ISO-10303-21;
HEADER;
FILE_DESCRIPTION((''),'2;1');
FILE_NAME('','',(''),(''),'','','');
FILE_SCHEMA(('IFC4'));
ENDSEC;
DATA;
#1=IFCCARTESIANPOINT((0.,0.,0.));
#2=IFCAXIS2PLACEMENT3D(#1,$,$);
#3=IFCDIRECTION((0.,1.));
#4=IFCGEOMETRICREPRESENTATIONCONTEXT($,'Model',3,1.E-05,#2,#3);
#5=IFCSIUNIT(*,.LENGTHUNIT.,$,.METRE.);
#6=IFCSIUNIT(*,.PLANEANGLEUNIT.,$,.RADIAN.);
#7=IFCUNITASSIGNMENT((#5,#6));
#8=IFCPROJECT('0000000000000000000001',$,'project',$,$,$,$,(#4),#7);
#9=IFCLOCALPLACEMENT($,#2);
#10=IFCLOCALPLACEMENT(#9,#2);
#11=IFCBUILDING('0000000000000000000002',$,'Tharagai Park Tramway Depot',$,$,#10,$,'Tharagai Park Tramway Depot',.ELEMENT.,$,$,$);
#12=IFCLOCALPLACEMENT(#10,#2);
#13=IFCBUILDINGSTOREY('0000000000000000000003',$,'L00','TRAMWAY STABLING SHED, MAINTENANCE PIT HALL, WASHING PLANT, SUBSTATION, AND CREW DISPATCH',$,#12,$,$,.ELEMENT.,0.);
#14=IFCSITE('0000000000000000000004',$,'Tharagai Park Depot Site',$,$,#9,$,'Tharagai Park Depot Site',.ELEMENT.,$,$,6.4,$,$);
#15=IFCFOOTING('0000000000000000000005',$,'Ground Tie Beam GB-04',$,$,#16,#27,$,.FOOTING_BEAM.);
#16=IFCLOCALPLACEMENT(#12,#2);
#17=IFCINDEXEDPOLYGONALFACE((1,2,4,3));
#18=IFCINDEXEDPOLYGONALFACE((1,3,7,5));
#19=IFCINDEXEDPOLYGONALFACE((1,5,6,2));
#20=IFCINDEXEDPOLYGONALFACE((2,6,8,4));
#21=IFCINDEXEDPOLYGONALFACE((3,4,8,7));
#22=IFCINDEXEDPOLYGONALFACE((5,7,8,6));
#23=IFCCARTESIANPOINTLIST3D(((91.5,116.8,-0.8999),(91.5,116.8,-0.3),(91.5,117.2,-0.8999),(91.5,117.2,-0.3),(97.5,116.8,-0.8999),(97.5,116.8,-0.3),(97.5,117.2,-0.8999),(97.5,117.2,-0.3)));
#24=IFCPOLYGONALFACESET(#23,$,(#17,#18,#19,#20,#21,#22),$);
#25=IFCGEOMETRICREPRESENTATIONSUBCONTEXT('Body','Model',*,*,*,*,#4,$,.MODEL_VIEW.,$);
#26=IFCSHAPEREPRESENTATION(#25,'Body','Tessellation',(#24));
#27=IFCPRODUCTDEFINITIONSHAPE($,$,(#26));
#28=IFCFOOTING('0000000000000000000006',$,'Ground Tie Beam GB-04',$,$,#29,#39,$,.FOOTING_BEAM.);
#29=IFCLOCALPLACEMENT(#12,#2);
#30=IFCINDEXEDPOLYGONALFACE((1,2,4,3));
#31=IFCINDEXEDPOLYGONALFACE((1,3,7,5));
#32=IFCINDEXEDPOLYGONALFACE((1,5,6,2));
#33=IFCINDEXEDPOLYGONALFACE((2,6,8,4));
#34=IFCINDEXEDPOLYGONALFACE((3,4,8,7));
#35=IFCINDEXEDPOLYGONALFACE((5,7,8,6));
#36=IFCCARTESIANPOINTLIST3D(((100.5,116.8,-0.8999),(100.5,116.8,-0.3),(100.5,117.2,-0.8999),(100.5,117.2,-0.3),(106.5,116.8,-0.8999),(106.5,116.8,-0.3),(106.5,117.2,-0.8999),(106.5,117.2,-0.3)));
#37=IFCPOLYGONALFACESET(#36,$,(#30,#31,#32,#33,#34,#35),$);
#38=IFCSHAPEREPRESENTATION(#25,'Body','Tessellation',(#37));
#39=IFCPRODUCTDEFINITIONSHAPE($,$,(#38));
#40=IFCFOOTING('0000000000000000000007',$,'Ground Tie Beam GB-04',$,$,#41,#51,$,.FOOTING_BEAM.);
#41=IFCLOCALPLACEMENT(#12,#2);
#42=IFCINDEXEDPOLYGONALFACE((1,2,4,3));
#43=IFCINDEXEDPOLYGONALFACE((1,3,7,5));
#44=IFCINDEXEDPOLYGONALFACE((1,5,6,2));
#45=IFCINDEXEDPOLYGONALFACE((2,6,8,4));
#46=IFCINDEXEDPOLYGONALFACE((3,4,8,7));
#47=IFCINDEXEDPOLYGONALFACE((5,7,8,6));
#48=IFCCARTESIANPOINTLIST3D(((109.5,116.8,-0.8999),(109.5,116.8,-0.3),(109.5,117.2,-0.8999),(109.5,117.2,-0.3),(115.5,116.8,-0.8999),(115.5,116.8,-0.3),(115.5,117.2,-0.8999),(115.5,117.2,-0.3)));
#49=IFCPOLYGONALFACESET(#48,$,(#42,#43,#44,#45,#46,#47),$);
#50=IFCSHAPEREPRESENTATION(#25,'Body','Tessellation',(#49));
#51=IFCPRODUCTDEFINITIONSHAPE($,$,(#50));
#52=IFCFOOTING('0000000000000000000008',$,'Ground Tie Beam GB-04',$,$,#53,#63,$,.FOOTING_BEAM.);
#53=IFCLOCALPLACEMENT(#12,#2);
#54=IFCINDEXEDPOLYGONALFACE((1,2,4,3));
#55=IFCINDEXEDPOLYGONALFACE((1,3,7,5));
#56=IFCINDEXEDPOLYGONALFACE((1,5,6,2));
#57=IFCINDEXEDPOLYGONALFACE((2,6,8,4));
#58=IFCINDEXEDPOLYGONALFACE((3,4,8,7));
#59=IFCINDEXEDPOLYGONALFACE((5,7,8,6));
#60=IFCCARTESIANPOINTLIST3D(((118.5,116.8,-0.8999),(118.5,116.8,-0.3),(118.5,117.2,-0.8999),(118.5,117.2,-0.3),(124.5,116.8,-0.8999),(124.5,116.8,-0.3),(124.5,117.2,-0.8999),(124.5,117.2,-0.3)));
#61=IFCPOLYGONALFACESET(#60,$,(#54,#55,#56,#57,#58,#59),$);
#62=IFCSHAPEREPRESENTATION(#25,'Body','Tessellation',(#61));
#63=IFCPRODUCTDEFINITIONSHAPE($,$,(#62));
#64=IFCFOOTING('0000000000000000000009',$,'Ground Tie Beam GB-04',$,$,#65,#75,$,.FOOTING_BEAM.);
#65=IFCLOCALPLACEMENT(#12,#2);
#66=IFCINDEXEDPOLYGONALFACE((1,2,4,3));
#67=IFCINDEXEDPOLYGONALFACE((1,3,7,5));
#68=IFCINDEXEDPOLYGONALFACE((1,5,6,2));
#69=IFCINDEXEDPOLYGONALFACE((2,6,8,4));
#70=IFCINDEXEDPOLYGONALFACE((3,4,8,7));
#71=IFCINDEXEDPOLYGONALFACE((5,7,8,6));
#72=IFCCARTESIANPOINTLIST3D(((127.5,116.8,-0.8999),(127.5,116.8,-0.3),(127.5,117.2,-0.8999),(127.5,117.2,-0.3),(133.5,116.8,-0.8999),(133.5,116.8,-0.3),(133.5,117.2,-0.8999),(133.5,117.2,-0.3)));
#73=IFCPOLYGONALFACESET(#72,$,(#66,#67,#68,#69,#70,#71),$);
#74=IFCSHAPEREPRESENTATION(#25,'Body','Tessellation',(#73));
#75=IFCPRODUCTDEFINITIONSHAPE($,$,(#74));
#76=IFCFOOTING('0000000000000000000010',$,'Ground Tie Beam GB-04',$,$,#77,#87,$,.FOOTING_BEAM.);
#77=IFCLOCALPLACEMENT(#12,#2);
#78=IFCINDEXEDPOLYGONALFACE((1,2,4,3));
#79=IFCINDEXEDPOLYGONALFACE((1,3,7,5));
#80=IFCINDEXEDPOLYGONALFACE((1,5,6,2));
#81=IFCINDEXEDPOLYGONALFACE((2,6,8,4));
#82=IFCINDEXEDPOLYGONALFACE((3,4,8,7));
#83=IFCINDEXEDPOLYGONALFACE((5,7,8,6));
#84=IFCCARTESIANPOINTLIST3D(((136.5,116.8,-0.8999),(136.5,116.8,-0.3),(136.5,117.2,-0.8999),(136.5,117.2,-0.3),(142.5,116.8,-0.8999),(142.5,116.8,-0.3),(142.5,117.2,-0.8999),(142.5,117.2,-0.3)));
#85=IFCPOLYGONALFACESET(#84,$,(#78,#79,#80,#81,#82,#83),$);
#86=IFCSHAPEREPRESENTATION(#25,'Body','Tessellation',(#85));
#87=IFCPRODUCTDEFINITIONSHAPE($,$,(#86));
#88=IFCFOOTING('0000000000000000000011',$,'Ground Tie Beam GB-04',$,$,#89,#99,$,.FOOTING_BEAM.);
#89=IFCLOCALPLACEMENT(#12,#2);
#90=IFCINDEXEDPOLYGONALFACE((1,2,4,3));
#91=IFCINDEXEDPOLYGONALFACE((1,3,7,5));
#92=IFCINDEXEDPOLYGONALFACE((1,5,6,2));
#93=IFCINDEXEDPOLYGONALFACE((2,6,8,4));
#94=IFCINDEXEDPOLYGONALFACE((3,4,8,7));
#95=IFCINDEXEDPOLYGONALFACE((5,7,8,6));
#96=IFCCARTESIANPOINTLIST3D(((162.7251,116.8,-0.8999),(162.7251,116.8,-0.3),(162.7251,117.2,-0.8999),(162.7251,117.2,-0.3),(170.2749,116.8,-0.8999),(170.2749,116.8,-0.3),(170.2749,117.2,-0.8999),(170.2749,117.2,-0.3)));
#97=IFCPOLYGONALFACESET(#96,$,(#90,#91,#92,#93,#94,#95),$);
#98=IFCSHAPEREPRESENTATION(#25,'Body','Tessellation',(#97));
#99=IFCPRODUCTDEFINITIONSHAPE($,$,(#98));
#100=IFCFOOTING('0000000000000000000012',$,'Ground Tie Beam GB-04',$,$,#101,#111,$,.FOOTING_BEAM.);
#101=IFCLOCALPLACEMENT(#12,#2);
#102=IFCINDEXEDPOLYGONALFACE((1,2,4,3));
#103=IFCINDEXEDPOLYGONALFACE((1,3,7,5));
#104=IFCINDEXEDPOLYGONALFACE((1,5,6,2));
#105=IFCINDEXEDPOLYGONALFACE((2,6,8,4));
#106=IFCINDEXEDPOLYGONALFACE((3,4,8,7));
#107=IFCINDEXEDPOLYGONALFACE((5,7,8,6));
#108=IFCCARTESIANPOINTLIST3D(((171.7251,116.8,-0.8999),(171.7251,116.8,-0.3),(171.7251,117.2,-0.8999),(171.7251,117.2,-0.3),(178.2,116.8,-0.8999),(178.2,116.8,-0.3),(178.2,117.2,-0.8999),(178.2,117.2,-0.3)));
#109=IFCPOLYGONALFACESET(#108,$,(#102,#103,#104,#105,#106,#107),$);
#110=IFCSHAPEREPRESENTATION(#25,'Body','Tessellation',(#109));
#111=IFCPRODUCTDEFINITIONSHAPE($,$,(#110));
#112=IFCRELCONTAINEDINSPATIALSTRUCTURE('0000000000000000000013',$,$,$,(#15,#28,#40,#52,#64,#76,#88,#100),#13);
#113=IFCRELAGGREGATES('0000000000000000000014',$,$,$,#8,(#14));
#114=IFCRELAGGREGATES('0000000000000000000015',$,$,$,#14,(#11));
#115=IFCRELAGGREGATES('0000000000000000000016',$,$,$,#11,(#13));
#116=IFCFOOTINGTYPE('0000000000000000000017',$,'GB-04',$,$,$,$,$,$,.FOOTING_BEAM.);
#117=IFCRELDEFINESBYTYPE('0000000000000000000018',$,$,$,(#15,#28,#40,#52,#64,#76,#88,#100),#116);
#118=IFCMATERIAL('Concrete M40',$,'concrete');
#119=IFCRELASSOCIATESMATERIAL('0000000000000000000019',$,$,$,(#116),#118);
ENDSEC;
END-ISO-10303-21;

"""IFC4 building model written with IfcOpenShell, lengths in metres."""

from ifc_helpers import new_model, si_unit, direction, frame, origin, place, context, subcontext, project, spatial, polyline, outline, extrude, material, type_object, element, save


model = new_model("IFC4")

# Units and contexts
model_context = context("Model", 3, precision=1e-05, world=origin(), true_north=direction((0.0, 1.0)))
body_context = subcontext(model_context, "Body", "Model", "MODEL_VIEW")
ifc_project = project(units=[si_unit("LENGTHUNIT", "METRE"), si_unit("PLANEANGLEUNIT", "RADIAN")], contexts=[model_context])

# Site, building, storey
site_placement = place(None, origin())
site = spatial("IfcSite", under=ifc_project, at=site_placement, Name="Tharagai Park Depot Site", LongName="Tharagai Park Depot Site", CompositionType="ELEMENT", RefElevation=6.4)
building_placement = place(site_placement, origin())
building = spatial("IfcBuilding", under=site, at=building_placement, Name="Tharagai Park Tramway Depot", LongName="Tharagai Park Tramway Depot", CompositionType="ELEMENT")
storey_placement = place(building_placement, origin())
storey = spatial("IfcBuildingStorey", under=building, at=storey_placement, Name="L00", Description="TRAMWAY STABLING SHED, MAINTENANCE PIT HALL, WASHING PLANT, SUBSTATION, AND CREW DISPATCH", CompositionType="ELEMENT", Elevation=0.0)

# Footings
ifc_material = material(Name="Concrete M40", Category="concrete")
footing_type = type_object("IfcFootingType", Name="GB-04", PredefinedType="FOOTING_BEAM", material=ifc_material)
footing_1_placement = place(storey_placement, frame((0.0, 0.0, -0.8999)))
element("IfcFooting", 1, at=footing_1_placement, inside=storey, type_object=footing_type, Name="Ground Tie Beam GB-04", PredefinedType="FOOTING_BEAM", context=body_context, shape_type="SweptSolid", body=[
    extrude(outline(polyline([(91.5, 116.8), (97.5, 116.8), (97.5, 117.2), (91.5, 117.2), (91.5, 116.8)])), origin(), (0.0, 0.0, 1.0), 0.5999),
])
footing_2_placement = place(storey_placement, frame((0.0, 0.0, -0.8999)))
element("IfcFooting", 2, at=footing_2_placement, inside=storey, type_object=footing_type, Name="Ground Tie Beam GB-04", PredefinedType="FOOTING_BEAM", context=body_context, shape_type="SweptSolid", body=[
    extrude(outline(polyline([(100.5, 116.8), (106.5, 116.8), (106.5, 117.2), (100.5, 117.2), (100.5, 116.8)])), origin(), (0.0, 0.0, 1.0), 0.5999),
])
footing_3_placement = place(storey_placement, frame((0.0, 0.0, -0.8999)))
element("IfcFooting", 3, at=footing_3_placement, inside=storey, type_object=footing_type, Name="Ground Tie Beam GB-04", PredefinedType="FOOTING_BEAM", context=body_context, shape_type="SweptSolid", body=[
    extrude(outline(polyline([(109.5, 116.8), (115.5, 116.8), (115.5, 117.2), (109.5, 117.2), (109.5, 116.8)])), origin(), (0.0, 0.0, 1.0), 0.5999),
])
footing_4_placement = place(storey_placement, frame((0.0, 0.0, -0.8999)))
element("IfcFooting", 4, at=footing_4_placement, inside=storey, type_object=footing_type, Name="Ground Tie Beam GB-04", PredefinedType="FOOTING_BEAM", context=body_context, shape_type="SweptSolid", body=[
    extrude(outline(polyline([(118.5, 116.8), (124.5, 116.8), (124.5, 117.2), (118.5, 117.2), (118.5, 116.8)])), origin(), (0.0, 0.0, 1.0), 0.5999),
])
footing_5_placement = place(storey_placement, frame((0.0, 0.0, -0.8999)))
element("IfcFooting", 5, at=footing_5_placement, inside=storey, type_object=footing_type, Name="Ground Tie Beam GB-04", PredefinedType="FOOTING_BEAM", context=body_context, shape_type="SweptSolid", body=[
    extrude(outline(polyline([(127.5, 116.8), (133.5, 116.8), (133.5, 117.2), (127.5, 117.2), (127.5, 116.8)])), origin(), (0.0, 0.0, 1.0), 0.5999),
])
footing_6_placement = place(storey_placement, frame((0.0, 0.0, -0.8999)))
element("IfcFooting", 6, at=footing_6_placement, inside=storey, type_object=footing_type, Name="Ground Tie Beam GB-04", PredefinedType="FOOTING_BEAM", context=body_context, shape_type="SweptSolid", body=[
    extrude(outline(polyline([(136.5, 116.8), (142.5, 116.8), (142.5, 117.2), (136.5, 117.2), (136.5, 116.8)])), origin(), (0.0, 0.0, 1.0), 0.5999),
])
footing_7_placement = place(storey_placement, frame((0.0, 0.0, -0.8999)))
element("IfcFooting", 7, at=footing_7_placement, inside=storey, type_object=footing_type, Name="Ground Tie Beam GB-04", PredefinedType="FOOTING_BEAM", context=body_context, shape_type="SweptSolid", body=[
    extrude(outline(polyline([(162.7251, 116.8), (170.2749, 116.8), (170.2749, 117.2), (162.7251, 117.2), (162.7251, 116.8)])), origin(), (0.0, 0.0, 1.0), 0.5999),
])
footing_8_placement = place(storey_placement, frame((0.0, 0.0, -0.8999)))
element("IfcFooting", 8, at=footing_8_placement, inside=storey, type_object=footing_type, Name="Ground Tie Beam GB-04", PredefinedType="FOOTING_BEAM", context=body_context, shape_type="SweptSolid", body=[
    extrude(outline(polyline([(171.7251, 116.8), (178.2, 116.8), (178.2, 117.2), (171.7251, 117.2), (171.7251, 116.8)])), origin(), (0.0, 0.0, 1.0), 0.5999),
])

save(model, "model.ifc")
